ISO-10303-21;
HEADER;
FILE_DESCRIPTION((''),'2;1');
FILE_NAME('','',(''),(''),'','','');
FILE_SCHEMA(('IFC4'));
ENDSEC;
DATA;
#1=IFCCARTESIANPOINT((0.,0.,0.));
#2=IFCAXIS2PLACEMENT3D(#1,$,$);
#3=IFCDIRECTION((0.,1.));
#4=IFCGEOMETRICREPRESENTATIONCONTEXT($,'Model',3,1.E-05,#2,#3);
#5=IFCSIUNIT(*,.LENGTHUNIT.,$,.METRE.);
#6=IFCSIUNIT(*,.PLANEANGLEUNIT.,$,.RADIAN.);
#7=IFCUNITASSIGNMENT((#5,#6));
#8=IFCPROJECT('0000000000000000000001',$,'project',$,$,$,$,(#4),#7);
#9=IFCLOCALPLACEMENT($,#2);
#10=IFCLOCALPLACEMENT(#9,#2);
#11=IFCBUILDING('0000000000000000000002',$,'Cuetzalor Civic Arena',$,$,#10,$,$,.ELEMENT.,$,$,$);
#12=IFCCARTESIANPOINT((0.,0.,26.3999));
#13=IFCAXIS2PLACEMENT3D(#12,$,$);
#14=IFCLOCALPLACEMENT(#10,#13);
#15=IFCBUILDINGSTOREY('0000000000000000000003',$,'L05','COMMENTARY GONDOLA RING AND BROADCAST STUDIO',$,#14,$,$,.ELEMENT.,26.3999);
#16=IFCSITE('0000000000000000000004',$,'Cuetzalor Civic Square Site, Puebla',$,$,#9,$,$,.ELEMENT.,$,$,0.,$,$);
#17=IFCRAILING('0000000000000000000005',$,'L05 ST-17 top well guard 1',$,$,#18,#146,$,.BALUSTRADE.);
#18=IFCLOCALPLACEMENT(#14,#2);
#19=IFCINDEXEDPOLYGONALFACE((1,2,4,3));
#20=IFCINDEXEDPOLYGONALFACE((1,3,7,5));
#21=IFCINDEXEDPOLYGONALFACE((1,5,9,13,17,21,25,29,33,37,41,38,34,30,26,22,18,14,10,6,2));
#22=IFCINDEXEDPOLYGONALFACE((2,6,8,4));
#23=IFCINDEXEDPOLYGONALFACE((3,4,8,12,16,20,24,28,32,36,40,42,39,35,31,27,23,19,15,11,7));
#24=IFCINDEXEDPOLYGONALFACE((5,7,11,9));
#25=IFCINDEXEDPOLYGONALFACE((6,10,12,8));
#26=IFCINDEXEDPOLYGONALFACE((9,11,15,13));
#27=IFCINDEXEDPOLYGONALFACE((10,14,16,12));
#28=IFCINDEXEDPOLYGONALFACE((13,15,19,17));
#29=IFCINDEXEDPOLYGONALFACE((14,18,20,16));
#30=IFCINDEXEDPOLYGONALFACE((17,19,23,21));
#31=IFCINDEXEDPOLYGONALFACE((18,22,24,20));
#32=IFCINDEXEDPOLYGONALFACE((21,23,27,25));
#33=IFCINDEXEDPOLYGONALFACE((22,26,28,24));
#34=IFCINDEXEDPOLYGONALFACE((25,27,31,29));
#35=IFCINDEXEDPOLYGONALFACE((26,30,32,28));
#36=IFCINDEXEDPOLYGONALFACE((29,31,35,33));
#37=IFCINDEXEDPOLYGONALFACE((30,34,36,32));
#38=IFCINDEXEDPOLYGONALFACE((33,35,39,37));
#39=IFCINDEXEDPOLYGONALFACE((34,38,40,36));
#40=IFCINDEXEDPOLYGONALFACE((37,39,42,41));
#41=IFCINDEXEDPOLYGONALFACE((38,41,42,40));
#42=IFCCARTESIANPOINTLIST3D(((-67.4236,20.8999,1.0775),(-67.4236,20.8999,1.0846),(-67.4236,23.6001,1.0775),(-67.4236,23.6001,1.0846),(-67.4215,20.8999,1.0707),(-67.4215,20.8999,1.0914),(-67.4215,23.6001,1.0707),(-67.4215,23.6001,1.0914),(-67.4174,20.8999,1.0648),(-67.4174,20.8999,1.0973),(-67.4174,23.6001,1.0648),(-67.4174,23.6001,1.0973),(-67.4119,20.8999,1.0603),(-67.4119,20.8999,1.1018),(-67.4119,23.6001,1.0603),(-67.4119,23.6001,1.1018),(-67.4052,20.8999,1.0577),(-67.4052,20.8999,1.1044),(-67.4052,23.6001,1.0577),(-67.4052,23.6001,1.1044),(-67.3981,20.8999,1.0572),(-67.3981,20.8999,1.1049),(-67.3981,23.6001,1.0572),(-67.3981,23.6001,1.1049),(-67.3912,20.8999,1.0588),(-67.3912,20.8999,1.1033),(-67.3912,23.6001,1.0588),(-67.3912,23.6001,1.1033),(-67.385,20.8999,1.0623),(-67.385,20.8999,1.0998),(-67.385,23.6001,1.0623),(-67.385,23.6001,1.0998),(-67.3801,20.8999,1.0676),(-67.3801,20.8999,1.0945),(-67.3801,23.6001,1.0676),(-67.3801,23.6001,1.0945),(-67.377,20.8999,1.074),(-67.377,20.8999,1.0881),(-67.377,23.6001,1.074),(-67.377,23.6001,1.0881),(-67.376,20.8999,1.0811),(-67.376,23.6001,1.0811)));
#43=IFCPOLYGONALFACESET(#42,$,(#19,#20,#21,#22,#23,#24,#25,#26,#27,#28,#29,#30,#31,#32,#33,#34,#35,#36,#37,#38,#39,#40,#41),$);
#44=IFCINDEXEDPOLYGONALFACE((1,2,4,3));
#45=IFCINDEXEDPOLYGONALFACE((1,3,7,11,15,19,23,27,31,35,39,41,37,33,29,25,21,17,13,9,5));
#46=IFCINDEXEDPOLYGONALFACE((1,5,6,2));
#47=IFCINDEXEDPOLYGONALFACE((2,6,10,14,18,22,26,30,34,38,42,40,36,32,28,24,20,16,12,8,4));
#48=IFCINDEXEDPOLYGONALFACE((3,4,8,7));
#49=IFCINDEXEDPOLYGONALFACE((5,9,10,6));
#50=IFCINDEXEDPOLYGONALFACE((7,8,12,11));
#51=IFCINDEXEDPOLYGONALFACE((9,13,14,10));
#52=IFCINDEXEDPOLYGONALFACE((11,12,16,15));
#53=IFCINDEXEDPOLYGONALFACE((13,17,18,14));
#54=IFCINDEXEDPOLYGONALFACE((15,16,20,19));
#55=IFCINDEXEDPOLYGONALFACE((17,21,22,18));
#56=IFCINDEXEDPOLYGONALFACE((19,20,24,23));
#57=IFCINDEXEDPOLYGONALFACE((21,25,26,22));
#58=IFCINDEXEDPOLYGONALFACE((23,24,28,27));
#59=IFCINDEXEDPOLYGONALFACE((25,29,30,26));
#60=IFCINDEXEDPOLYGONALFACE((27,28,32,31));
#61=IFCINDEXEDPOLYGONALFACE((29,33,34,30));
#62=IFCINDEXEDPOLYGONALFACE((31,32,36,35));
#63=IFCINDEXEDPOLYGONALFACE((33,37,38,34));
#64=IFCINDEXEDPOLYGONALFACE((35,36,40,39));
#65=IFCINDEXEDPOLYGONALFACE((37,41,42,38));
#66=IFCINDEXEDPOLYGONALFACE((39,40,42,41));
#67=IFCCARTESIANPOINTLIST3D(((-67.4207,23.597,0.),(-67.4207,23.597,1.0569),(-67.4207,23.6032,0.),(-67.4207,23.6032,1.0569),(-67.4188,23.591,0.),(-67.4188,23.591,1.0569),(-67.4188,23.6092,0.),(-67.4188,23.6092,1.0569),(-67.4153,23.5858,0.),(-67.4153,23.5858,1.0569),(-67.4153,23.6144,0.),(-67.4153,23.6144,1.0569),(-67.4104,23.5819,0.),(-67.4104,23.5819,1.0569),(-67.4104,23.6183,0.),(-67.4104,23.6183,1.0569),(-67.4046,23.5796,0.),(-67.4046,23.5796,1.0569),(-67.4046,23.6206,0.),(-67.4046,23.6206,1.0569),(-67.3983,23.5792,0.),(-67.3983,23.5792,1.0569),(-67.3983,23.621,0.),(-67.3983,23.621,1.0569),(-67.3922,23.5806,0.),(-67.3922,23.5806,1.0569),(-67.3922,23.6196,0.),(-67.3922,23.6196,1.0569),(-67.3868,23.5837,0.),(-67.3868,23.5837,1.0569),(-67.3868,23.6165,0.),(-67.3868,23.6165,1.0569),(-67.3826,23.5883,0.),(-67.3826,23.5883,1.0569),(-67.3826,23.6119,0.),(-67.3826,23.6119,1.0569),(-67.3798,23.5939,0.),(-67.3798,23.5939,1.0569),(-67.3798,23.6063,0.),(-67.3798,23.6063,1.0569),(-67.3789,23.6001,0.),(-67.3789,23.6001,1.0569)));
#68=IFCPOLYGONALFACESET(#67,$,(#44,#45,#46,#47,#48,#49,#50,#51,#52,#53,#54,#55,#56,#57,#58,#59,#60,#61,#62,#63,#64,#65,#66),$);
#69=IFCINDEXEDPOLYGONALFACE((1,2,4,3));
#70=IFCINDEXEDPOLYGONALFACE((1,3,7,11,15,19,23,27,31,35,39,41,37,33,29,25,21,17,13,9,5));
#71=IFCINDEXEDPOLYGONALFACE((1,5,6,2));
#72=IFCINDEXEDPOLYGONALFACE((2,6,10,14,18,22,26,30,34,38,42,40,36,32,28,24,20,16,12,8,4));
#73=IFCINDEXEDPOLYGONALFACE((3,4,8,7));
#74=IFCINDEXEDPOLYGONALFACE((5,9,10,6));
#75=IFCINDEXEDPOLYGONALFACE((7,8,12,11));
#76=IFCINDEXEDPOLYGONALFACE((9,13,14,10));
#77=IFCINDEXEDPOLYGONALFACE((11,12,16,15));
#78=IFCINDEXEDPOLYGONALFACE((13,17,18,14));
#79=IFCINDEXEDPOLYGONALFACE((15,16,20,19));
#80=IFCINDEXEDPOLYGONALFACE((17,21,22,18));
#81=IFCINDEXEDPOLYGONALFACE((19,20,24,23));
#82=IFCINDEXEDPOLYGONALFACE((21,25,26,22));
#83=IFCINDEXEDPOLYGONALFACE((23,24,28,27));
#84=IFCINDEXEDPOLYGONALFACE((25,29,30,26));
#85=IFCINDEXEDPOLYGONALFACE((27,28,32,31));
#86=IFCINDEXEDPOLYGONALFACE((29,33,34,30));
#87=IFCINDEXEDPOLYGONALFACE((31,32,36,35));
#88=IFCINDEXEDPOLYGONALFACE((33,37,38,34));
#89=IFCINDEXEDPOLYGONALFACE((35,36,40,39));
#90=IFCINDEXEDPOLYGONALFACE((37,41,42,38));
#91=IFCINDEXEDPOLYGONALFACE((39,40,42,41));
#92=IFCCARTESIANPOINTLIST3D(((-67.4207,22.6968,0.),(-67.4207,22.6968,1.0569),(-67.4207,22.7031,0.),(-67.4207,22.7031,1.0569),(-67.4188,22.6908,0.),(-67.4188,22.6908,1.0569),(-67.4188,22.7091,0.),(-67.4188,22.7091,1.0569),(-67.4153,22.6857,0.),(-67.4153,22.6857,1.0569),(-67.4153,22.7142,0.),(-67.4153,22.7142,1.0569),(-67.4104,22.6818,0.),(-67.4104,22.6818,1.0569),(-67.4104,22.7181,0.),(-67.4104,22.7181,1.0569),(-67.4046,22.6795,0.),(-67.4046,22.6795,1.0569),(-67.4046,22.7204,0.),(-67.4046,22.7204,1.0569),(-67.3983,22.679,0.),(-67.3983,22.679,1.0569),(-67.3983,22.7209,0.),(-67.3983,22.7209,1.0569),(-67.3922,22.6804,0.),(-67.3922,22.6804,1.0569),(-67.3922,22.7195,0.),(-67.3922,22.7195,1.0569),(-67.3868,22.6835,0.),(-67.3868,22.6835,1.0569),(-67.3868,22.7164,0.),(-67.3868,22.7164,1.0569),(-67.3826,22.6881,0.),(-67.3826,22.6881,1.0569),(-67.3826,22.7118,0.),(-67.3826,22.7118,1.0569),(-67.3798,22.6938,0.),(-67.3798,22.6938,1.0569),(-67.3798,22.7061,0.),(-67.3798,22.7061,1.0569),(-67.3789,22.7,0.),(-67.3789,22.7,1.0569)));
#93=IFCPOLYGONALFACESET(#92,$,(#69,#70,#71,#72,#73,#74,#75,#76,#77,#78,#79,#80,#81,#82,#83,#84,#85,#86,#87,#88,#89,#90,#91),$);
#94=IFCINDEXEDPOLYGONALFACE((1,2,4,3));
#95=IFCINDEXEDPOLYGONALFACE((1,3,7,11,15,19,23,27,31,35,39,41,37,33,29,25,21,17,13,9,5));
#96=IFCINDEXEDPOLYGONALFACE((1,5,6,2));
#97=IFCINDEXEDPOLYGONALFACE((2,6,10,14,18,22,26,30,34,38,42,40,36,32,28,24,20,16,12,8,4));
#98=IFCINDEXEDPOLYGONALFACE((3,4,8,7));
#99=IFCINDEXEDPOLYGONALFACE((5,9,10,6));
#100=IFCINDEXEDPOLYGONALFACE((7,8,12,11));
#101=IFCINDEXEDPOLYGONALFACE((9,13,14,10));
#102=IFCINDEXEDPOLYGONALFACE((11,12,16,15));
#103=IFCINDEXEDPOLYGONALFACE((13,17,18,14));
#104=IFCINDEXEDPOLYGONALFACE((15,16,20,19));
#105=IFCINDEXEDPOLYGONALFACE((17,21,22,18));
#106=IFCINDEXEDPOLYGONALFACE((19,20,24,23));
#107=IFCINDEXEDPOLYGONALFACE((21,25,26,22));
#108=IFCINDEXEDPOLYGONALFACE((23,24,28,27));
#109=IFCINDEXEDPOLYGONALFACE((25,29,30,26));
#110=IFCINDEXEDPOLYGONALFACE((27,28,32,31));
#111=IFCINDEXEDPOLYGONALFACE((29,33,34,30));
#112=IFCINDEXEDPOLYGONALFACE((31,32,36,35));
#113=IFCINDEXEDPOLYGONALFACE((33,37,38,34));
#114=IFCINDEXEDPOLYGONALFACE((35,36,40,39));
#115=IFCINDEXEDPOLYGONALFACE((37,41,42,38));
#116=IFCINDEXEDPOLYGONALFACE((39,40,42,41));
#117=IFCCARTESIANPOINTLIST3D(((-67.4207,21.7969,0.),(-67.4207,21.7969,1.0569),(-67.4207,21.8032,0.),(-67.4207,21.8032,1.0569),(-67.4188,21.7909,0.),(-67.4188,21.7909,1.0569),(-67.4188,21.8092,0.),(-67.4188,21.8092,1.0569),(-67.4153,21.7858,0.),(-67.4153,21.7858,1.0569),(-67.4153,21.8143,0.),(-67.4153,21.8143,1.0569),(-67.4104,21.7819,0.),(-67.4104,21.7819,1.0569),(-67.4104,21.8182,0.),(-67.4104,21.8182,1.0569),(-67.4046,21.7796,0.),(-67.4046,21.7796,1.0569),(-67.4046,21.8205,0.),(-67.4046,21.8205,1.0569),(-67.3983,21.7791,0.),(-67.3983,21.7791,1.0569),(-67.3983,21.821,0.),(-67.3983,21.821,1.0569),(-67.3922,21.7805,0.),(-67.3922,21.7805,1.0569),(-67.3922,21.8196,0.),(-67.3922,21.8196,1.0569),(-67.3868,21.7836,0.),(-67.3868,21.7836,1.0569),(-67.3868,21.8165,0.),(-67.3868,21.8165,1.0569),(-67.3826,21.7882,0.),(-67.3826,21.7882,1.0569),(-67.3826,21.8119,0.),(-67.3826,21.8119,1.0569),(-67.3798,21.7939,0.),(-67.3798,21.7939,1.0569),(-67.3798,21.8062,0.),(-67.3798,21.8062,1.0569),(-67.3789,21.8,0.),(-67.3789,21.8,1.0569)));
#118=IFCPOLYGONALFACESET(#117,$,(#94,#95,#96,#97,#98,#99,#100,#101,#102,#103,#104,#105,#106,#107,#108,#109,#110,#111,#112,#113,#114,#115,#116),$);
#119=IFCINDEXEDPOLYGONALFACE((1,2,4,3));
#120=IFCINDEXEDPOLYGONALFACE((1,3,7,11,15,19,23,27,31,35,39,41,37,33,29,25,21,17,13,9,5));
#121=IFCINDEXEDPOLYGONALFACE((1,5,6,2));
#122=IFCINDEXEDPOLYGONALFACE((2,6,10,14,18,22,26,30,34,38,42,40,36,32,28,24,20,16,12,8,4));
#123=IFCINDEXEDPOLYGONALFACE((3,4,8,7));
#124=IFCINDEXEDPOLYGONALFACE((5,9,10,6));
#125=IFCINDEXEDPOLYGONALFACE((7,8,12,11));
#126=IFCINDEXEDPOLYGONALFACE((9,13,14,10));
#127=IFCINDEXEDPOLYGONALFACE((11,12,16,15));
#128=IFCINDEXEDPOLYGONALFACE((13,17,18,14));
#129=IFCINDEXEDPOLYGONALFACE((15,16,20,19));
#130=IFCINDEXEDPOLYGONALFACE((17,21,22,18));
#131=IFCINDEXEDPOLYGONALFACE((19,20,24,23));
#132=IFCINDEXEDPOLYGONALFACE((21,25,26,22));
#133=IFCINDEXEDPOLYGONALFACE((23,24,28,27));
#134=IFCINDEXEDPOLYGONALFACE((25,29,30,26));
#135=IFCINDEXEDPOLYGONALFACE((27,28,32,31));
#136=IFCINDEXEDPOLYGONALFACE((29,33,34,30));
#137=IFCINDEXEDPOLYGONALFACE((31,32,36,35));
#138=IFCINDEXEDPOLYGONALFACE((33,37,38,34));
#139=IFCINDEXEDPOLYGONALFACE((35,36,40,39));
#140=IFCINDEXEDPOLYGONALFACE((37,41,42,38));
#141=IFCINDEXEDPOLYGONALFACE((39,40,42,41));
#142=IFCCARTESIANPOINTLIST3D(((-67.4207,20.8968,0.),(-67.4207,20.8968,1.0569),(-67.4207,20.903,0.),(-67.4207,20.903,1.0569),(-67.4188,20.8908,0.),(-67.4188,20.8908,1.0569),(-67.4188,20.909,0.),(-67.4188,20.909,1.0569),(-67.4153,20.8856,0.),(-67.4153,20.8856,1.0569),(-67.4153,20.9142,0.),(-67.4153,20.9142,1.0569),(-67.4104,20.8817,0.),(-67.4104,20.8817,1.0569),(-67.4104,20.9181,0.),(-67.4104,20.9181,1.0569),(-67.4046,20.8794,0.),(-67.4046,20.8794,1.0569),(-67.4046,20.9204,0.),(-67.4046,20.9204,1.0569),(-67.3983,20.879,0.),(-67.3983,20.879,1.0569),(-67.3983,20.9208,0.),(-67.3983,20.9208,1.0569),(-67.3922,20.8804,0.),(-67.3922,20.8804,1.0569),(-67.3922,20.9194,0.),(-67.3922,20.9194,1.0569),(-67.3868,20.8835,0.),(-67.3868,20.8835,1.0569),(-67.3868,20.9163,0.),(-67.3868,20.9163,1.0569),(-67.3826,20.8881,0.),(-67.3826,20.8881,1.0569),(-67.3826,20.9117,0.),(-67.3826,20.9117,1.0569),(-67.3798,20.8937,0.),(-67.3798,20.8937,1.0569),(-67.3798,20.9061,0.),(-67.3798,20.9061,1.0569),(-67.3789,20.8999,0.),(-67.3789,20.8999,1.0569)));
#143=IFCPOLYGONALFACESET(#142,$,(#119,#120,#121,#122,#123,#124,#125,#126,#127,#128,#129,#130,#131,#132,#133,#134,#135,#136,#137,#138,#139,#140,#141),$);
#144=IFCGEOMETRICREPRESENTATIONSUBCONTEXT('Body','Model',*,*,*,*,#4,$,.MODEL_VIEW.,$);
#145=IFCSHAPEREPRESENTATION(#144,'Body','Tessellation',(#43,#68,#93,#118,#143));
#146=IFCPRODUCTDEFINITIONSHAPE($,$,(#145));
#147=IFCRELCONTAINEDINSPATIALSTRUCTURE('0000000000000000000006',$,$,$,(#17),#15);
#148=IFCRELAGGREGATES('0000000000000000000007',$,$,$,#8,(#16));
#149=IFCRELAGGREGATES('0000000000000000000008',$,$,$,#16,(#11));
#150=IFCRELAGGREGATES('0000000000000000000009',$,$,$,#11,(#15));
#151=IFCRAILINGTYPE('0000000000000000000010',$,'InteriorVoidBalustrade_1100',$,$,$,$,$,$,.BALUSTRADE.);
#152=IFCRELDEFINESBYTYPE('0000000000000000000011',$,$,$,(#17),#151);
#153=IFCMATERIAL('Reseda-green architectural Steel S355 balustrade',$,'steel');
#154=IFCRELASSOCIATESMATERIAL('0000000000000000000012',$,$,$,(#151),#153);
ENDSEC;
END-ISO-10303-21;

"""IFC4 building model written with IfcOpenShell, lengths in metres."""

from ifc_helpers import new_model, si_unit, direction, frame, origin, origin_2d, place, context, subcontext, project, spatial, circle, extrude, material, type_object, element, save


model = new_model("IFC4")

# Units and contexts
model_context = context("Model", 3, precision=1e-05, world=origin(), true_north=direction((0.0, 1.0)))
body_context = subcontext(model_context, "Body", "Model", "MODEL_VIEW")
ifc_project = project(units=[si_unit("LENGTHUNIT", "METRE"), si_unit("PLANEANGLEUNIT", "RADIAN")], contexts=[model_context])

# Site, building, storey
site_placement = place(None, origin())
site = spatial("IfcSite", under=ifc_project, at=site_placement, Name="Cuetzalor Civic Square Site, Puebla", CompositionType="ELEMENT", RefElevation=0.0)
building_placement = place(site_placement, origin())
building = spatial("IfcBuilding", under=site, at=building_placement, Name="Cuetzalor Civic Arena", CompositionType="ELEMENT")
storey_placement = place(building_placement, frame((0.0, 0.0, 26.3999)))
storey = spatial("IfcBuildingStorey", under=building, at=storey_placement, Name="L05", Description="COMMENTARY GONDOLA RING AND BROADCAST STUDIO", CompositionType="ELEMENT", Elevation=26.3999)

# Railing
ifc_material_1 = material(Name="Reseda-green architectural Steel S355 balustrade", Category="steel")
railing_type = type_object("IfcRailingType", Name="InteriorVoidBalustrade_1100", PredefinedType="BALUSTRADE", material=ifc_material_1)
railing_placement = place(storey_placement, frame((-67.3999, 23.6001, 0.0)))
element("IfcRailing", 1, at=railing_placement, inside=storey, type_object=railing_type, Name="L05 ST-17 top well guard 1", PredefinedType="BALUSTRADE", context=body_context, shape_type="SweptSolid", body=[
    extrude(circle(Radius=0.0239, at=origin_2d()), frame((0.0, 0.0, 1.0811), z_axis=(0.0, -1.0, 0.0), x_axis=(1.0, 0.0, 0.0)), (0.0, 0.0, 1.0), 2.7002),
    extrude(circle(Radius=0.021, at=origin_2d()), origin(), (0.0, 0.0, 1.0), 1.0569),
    extrude(circle(Radius=0.021, at=origin_2d()), frame((0.0, -0.9001, 0.0)), (0.0, 0.0, 1.0), 1.0569),
    extrude(circle(Radius=0.021, at=origin_2d()), frame((0.0, -1.8, 0.0)), (0.0, 0.0, 1.0), 1.0569),
    extrude(circle(Radius=0.021, at=origin_2d()), frame((0.0, -2.7002, 0.0)), (0.0, 0.0, 1.0), 1.0569),
])

save(model, "model.ifc")
